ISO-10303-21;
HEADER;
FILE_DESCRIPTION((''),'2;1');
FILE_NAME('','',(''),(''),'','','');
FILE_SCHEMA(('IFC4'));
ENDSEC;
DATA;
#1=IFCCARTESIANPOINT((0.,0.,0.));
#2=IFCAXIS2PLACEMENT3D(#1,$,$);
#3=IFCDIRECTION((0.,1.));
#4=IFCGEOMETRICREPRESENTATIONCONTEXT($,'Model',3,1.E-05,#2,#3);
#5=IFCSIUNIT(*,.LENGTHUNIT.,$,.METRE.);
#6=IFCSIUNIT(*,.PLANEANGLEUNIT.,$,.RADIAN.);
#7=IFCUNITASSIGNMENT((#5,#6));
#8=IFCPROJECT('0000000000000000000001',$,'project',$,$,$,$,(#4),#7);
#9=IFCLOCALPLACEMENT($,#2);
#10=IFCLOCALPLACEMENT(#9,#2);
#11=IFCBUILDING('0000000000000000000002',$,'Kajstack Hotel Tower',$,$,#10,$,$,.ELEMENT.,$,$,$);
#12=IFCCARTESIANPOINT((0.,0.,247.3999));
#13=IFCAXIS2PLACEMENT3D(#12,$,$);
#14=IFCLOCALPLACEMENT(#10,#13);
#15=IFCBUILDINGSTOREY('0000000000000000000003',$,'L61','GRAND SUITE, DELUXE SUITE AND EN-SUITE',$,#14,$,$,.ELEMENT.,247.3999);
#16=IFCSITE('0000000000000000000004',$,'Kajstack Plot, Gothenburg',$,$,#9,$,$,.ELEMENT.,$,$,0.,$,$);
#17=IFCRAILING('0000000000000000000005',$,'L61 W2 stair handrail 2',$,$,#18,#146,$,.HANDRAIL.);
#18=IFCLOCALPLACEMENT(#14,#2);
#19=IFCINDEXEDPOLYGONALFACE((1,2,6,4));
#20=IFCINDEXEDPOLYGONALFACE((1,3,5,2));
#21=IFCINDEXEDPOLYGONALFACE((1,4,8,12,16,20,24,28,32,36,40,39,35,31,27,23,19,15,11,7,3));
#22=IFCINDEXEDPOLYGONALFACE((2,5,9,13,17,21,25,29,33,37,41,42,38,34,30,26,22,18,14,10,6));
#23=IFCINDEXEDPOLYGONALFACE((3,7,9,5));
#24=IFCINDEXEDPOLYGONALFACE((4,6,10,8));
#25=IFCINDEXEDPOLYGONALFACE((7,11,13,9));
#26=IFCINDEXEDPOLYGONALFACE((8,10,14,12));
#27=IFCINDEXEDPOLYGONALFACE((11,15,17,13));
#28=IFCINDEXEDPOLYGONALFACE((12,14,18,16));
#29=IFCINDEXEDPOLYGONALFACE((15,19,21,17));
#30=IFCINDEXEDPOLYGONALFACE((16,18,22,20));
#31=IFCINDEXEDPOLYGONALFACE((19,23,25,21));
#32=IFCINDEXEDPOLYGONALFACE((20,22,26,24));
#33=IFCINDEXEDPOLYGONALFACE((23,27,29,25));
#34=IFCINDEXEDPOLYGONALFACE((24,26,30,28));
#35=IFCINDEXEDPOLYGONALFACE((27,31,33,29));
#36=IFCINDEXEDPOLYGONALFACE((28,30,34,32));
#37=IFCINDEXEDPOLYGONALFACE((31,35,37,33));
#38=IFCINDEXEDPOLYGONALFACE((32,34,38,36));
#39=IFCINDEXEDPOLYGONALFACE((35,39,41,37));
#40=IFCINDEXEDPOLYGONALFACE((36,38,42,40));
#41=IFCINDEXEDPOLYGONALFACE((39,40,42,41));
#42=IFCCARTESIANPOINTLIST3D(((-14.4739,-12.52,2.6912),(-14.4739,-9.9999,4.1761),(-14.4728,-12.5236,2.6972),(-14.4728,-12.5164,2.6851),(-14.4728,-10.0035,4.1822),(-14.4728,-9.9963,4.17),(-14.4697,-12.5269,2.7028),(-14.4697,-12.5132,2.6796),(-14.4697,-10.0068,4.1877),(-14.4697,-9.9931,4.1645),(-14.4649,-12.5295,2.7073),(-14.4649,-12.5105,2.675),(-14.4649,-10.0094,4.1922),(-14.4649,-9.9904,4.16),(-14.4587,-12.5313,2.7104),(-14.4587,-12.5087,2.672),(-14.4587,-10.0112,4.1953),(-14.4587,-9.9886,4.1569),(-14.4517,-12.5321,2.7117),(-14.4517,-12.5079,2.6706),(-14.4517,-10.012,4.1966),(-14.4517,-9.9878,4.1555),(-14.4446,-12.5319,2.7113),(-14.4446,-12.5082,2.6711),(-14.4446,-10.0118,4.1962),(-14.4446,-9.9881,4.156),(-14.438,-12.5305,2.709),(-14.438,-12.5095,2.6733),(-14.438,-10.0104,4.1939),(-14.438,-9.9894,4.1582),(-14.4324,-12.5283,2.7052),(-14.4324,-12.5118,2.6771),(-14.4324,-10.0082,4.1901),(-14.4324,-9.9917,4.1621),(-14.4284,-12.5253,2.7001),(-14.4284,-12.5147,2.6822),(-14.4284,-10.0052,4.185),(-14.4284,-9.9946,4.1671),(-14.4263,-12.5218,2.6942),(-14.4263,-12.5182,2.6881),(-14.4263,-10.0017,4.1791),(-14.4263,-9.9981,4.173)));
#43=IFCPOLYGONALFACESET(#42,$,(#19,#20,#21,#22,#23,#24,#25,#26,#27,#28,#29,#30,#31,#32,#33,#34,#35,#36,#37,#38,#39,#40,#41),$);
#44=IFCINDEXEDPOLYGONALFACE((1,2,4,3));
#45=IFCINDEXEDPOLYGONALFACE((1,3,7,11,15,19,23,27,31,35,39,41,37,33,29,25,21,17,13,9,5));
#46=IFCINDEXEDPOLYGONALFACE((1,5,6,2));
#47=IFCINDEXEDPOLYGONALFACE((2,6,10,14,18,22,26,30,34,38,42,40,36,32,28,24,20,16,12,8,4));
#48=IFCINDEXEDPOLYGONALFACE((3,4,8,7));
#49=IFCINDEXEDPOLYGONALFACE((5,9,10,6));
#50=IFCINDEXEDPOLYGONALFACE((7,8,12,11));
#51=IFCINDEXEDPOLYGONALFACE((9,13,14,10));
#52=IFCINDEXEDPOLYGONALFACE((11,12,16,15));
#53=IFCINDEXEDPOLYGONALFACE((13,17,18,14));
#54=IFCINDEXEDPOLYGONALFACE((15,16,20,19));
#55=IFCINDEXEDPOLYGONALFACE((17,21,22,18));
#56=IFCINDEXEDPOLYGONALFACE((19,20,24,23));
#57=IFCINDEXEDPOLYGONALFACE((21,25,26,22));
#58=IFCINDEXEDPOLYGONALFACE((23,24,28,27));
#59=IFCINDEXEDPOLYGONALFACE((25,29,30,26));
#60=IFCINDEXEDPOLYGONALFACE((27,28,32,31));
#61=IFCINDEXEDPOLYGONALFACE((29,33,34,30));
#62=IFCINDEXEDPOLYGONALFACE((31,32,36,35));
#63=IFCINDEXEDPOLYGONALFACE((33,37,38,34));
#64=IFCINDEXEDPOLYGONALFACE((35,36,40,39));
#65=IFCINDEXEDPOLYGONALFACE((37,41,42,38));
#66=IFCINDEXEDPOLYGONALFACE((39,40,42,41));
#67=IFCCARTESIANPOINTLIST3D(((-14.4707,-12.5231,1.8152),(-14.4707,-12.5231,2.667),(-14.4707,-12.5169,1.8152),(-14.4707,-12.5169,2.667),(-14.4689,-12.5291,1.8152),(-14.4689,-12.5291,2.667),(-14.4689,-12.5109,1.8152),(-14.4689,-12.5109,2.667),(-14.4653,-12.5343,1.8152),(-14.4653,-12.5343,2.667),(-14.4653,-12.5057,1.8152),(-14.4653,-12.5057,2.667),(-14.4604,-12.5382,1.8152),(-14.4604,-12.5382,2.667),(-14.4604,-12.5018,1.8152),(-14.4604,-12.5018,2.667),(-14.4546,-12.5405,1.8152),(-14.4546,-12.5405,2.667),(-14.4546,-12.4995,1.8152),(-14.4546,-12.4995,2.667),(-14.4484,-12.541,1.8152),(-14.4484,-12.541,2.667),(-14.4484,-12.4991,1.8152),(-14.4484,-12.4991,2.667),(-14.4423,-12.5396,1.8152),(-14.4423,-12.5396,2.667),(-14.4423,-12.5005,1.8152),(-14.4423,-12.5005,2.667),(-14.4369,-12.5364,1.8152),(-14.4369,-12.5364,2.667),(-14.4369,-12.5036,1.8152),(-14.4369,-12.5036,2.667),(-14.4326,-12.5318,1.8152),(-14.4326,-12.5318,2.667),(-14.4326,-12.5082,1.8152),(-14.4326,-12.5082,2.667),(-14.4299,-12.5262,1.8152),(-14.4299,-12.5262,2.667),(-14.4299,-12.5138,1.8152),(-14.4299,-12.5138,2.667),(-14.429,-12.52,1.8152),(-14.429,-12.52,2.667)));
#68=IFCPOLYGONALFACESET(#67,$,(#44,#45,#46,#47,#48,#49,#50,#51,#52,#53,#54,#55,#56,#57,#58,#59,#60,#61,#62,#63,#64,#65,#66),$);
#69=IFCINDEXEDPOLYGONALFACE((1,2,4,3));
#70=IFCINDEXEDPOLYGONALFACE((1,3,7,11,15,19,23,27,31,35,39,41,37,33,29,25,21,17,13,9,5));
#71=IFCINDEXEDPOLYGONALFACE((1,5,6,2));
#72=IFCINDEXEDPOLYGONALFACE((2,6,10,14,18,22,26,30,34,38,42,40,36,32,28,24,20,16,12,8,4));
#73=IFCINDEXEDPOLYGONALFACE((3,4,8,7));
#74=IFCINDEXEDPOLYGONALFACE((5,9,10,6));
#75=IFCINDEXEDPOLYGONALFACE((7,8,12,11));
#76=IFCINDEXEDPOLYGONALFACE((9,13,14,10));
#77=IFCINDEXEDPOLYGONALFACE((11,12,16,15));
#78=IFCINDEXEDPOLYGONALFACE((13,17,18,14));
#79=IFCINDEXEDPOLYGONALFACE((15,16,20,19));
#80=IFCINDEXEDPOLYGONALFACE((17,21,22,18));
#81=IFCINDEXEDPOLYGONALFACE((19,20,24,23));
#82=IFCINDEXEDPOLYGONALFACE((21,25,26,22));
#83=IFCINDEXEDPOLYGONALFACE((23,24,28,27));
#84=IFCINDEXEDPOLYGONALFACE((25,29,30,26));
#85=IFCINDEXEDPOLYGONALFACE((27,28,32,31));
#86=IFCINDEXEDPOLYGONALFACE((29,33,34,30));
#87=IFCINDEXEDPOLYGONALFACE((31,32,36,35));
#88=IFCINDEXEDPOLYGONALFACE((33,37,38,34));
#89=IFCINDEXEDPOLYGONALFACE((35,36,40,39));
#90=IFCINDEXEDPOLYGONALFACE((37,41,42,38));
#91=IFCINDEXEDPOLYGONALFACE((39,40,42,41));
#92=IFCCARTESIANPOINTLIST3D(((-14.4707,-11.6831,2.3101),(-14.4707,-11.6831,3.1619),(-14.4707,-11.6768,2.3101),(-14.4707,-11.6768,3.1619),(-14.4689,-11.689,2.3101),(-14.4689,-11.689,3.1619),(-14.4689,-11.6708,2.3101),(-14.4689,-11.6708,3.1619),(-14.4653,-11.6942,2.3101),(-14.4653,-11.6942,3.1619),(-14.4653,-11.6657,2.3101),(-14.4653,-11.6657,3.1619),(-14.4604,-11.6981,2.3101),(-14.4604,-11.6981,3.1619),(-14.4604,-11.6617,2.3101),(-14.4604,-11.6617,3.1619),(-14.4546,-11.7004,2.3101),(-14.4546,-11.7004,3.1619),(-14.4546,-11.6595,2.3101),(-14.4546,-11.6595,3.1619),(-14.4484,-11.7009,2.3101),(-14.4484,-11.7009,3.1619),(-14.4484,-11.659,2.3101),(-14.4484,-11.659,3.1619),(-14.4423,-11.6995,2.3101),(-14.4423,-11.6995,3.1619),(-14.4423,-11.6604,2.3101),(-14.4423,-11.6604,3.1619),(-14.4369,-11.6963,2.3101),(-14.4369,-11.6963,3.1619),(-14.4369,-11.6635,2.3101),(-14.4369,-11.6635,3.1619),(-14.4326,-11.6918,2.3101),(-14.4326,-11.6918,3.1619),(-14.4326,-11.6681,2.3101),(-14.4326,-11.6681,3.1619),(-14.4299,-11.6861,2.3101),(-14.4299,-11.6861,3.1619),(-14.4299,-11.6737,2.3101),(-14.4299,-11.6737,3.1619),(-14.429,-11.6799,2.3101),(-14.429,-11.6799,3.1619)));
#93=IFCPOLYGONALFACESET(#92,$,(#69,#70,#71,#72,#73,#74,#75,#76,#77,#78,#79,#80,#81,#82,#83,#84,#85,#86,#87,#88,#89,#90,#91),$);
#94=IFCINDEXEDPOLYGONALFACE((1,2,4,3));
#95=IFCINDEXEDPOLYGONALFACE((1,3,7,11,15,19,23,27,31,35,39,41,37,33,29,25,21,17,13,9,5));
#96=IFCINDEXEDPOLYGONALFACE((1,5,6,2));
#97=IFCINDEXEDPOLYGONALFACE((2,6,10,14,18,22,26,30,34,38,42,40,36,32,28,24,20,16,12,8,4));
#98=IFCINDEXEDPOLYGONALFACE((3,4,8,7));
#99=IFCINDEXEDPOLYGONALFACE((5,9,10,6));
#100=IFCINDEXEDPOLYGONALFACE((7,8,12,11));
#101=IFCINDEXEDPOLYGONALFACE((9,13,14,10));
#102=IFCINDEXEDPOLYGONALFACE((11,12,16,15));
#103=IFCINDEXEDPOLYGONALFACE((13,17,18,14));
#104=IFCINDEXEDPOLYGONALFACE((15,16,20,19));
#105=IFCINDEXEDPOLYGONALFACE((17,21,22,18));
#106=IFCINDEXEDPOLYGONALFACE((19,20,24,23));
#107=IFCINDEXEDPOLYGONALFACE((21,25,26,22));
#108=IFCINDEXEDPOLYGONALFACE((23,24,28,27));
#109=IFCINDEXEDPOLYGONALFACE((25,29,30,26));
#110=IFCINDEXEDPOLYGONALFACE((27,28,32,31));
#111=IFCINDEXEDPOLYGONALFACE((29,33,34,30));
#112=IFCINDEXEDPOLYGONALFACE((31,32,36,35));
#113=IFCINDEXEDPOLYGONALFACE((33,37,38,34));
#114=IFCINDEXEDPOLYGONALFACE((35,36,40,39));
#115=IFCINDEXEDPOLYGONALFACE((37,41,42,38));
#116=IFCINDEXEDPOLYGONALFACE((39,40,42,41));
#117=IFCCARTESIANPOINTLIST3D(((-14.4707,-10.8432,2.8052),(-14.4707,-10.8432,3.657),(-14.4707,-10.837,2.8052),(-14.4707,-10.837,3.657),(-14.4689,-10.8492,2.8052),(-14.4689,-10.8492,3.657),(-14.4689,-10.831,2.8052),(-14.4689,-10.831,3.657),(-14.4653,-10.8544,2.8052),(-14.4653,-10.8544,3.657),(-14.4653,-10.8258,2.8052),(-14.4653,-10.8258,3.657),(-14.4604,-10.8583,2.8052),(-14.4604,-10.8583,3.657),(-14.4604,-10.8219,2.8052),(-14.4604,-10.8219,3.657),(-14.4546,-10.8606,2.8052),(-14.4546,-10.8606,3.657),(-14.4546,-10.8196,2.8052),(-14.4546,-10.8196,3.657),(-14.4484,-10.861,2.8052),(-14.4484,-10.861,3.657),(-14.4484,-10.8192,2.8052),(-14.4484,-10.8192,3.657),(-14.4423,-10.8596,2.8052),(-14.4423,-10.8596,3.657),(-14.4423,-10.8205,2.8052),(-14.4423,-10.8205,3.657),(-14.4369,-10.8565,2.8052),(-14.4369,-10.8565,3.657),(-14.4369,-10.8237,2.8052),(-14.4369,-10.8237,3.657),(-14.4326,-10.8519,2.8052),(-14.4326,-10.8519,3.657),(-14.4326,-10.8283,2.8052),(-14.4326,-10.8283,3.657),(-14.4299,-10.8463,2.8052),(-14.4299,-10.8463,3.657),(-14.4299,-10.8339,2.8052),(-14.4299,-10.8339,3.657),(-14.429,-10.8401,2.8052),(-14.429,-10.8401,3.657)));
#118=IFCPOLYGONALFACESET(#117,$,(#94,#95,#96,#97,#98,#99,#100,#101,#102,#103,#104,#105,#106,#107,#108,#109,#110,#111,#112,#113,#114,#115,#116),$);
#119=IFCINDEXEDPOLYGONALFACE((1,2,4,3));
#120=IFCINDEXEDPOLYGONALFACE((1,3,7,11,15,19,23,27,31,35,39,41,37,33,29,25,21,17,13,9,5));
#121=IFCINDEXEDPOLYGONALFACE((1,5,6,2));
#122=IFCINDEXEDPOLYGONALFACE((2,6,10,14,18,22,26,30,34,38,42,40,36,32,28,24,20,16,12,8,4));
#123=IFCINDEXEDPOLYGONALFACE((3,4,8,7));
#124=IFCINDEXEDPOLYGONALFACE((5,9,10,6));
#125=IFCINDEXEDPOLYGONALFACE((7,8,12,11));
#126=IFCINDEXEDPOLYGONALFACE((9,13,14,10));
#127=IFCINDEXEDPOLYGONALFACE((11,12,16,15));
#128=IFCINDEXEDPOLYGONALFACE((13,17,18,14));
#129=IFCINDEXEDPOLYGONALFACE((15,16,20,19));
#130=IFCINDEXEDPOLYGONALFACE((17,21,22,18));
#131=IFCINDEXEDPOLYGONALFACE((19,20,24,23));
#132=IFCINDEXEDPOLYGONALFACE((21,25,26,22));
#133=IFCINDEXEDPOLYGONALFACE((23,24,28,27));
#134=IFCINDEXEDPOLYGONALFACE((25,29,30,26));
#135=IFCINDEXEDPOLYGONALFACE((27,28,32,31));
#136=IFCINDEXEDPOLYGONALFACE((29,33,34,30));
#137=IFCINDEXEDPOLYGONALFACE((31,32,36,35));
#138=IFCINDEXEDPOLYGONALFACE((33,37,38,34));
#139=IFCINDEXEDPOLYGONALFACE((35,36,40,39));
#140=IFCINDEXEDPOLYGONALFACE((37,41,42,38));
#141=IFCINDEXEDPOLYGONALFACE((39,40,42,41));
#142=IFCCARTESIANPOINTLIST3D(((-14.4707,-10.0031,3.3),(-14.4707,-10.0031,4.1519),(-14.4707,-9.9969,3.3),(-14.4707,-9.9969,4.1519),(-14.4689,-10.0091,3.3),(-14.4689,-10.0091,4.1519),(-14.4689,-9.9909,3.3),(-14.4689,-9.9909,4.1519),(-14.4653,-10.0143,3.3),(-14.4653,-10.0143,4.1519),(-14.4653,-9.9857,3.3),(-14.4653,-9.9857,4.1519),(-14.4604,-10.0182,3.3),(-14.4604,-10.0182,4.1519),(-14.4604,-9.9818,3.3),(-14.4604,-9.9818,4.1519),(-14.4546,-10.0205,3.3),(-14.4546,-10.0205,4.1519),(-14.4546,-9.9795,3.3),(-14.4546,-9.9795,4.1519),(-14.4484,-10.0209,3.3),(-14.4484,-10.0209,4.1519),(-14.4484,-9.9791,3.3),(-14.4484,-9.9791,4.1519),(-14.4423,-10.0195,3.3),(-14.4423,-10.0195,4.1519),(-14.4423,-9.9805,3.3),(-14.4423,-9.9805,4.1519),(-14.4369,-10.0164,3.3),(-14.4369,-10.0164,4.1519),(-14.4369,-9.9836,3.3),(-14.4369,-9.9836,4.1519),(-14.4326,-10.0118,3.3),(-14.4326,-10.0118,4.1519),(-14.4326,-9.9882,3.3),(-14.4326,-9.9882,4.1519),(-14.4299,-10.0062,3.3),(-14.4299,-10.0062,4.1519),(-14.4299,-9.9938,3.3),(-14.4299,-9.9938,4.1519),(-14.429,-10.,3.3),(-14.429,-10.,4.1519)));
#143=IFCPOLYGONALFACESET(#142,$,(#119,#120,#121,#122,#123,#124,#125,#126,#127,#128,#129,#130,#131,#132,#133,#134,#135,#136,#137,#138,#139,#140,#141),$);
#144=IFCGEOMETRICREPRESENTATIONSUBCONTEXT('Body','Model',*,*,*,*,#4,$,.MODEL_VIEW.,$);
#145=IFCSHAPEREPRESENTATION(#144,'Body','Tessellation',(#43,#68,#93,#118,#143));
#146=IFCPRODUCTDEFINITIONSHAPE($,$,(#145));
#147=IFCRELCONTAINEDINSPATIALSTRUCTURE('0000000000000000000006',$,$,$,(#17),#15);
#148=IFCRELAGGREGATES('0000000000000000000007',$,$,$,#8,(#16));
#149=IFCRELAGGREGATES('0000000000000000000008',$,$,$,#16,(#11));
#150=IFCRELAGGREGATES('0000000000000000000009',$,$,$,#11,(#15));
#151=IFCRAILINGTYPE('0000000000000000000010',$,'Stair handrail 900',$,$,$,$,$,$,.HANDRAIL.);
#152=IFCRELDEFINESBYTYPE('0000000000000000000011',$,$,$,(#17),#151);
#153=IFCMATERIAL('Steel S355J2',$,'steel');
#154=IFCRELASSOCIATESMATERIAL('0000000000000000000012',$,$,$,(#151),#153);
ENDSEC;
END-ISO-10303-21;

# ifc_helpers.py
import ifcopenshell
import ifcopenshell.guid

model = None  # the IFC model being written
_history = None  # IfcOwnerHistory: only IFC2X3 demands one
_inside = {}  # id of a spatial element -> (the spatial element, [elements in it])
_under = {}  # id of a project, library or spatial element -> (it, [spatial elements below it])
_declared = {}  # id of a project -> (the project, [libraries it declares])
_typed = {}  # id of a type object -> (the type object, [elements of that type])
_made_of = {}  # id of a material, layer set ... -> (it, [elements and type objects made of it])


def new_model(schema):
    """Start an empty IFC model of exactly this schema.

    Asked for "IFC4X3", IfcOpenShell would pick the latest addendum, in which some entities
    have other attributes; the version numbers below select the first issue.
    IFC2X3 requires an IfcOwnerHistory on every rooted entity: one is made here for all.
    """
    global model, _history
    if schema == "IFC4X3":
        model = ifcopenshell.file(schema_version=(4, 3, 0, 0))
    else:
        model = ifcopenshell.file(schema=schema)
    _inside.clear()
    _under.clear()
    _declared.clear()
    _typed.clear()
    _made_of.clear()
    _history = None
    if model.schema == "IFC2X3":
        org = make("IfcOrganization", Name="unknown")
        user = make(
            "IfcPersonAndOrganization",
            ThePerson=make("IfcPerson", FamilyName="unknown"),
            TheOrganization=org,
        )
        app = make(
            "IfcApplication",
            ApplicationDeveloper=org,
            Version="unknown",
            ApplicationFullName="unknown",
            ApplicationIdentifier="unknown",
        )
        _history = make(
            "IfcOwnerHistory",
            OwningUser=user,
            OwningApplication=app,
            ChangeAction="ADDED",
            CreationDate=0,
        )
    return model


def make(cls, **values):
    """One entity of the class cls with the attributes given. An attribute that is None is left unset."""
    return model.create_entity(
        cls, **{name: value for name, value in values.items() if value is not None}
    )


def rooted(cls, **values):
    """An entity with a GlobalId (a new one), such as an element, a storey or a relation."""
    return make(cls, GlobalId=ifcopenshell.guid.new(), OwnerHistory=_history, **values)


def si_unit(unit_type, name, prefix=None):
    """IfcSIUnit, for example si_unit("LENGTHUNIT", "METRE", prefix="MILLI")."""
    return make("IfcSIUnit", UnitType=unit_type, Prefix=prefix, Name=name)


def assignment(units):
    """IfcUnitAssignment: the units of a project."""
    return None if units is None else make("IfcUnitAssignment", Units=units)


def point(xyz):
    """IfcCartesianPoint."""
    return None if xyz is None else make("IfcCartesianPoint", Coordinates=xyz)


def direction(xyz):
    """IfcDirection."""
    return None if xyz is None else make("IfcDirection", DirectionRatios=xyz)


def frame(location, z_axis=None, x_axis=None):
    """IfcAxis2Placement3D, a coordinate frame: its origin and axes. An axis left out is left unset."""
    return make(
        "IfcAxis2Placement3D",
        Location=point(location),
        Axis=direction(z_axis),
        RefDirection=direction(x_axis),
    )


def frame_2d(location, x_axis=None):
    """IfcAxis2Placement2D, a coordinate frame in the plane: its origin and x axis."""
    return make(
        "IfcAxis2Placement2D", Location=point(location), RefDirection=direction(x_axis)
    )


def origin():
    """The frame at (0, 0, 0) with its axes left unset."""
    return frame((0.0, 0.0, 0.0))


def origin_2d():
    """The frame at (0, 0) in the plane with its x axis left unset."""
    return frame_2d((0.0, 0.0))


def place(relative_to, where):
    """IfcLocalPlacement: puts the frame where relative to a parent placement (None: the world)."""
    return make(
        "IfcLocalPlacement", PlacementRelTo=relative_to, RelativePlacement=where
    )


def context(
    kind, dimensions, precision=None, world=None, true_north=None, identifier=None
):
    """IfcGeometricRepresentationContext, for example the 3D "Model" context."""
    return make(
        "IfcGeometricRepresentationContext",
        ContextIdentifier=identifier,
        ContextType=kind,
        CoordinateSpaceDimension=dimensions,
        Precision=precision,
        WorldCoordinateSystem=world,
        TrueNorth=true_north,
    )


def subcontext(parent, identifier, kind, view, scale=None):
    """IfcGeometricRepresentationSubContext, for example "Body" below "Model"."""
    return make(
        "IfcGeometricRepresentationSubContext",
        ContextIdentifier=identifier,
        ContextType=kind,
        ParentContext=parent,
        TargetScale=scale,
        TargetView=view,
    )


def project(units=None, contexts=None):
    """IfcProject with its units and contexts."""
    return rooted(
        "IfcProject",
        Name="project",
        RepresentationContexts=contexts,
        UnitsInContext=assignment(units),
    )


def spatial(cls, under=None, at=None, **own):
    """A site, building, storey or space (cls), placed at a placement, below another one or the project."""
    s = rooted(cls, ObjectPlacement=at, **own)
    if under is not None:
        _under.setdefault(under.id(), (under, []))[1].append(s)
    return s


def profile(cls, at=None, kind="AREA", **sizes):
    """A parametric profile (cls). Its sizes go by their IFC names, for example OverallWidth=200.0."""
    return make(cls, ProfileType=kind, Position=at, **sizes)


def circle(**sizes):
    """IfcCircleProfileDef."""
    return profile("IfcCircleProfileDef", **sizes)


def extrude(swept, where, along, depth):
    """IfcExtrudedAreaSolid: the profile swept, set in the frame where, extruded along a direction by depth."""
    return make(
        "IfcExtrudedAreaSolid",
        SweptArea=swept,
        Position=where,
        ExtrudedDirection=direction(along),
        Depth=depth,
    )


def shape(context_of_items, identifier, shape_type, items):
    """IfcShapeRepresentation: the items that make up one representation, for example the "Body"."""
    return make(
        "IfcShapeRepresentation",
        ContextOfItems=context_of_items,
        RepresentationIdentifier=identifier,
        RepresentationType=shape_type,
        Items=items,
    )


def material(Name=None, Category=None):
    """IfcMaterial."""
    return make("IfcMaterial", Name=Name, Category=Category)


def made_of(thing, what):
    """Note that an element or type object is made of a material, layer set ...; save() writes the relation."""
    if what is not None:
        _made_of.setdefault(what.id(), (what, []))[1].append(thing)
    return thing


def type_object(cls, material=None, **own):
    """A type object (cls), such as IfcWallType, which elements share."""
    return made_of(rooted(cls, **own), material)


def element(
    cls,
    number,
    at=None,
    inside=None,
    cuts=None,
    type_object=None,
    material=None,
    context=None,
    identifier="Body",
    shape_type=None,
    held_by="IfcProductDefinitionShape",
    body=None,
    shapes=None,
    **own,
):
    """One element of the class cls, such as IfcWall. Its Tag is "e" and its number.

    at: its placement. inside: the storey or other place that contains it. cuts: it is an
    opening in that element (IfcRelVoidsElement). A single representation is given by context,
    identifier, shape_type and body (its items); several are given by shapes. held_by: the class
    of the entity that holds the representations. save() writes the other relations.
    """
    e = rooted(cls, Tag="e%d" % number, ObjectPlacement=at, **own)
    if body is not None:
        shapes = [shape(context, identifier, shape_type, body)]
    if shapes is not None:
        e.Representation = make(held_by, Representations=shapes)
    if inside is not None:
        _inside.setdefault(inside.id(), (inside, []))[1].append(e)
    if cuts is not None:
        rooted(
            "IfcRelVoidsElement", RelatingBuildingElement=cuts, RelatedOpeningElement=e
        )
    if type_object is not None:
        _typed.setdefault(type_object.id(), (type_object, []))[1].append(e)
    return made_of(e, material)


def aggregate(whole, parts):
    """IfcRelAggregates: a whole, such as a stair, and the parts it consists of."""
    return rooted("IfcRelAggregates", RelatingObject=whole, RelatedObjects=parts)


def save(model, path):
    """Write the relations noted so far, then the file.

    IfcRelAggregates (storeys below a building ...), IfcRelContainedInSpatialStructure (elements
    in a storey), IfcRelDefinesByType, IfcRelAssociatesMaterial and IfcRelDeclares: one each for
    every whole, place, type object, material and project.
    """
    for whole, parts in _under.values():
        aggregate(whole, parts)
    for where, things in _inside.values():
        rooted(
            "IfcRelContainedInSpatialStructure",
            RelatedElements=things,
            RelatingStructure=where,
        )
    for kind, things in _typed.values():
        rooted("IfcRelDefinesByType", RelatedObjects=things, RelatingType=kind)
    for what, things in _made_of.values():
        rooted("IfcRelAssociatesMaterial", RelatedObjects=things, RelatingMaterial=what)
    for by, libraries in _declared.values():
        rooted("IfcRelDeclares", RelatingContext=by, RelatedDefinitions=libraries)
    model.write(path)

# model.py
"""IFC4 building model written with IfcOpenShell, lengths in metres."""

from ifc_helpers import new_model, si_unit, direction, frame, origin, origin_2d, place, context, subcontext, project, spatial, circle, extrude, material, type_object, element, save


model = new_model("IFC4")

# Units and contexts
model_context = context("Model", 3, precision=1e-05, world=origin(), true_north=direction((0.0, 1.0)))
body_context = subcontext(model_context, "Body", "Model", "MODEL_VIEW")
ifc_project = project(units=[si_unit("LENGTHUNIT", "METRE"), si_unit("PLANEANGLEUNIT", "RADIAN")], contexts=[model_context])

# Site, building, storey
site_placement = place(None, origin())
site = spatial("IfcSite", under=ifc_project, at=site_placement, Name="Kajstack Plot, Gothenburg", CompositionType="ELEMENT", RefElevation=0.0)
building_placement = place(site_placement, origin())
building = spatial("IfcBuilding", under=site, at=building_placement, Name="Kajstack Hotel Tower", CompositionType="ELEMENT")
storey_placement = place(building_placement, frame((0.0, 0.0, 247.3999)))
storey = spatial("IfcBuildingStorey", under=building, at=storey_placement, Name="L61", Description="GRAND SUITE, DELUXE SUITE AND EN-SUITE", CompositionType="ELEMENT", Elevation=247.3999)

# Railing
ifc_material_1 = material(Name="Steel S355J2", Category="steel")
railing_type_1 = type_object("IfcRailingType", Name="Stair handrail 900", PredefinedType="HANDRAIL", material=ifc_material_1)
railing_1_placement = place(storey_placement, frame((-14.45, -12.52, 1.8152)))
element("IfcRailing", 1, at=railing_1_placement, inside=storey, type_object=railing_type_1, Name="L61 W2 stair handrail 2", PredefinedType="HANDRAIL", context=body_context, shape_type="SweptSolid", body=[
    extrude(circle(Radius=0.0239, at=origin_2d()), frame((0.0, 0.0, 0.876), z_axis=(0.0, 0.861561, 0.507655), x_axis=(-1.0, 0.0, 0.0)), (0.0, 0.0, 1.0), 2.925),
    extrude(circle(Radius=0.021, at=origin_2d()), origin(), (0.0, 0.0, 1.0), 0.8518),
    extrude(circle(Radius=0.021, at=origin_2d()), frame((0.0, 0.8401, 0.4949)), (0.0, 0.0, 1.0), 0.8518),
    extrude(circle(Radius=0.021, at=origin_2d()), frame((0.0, 1.6799, 0.99)), (0.0, 0.0, 1.0), 0.8518),
    extrude(circle(Radius=0.021, at=origin_2d()), frame((0.0, 2.52, 1.4849)), (0.0, 0.0, 1.0), 0.8518),
])

save(model, "model.ifc")
